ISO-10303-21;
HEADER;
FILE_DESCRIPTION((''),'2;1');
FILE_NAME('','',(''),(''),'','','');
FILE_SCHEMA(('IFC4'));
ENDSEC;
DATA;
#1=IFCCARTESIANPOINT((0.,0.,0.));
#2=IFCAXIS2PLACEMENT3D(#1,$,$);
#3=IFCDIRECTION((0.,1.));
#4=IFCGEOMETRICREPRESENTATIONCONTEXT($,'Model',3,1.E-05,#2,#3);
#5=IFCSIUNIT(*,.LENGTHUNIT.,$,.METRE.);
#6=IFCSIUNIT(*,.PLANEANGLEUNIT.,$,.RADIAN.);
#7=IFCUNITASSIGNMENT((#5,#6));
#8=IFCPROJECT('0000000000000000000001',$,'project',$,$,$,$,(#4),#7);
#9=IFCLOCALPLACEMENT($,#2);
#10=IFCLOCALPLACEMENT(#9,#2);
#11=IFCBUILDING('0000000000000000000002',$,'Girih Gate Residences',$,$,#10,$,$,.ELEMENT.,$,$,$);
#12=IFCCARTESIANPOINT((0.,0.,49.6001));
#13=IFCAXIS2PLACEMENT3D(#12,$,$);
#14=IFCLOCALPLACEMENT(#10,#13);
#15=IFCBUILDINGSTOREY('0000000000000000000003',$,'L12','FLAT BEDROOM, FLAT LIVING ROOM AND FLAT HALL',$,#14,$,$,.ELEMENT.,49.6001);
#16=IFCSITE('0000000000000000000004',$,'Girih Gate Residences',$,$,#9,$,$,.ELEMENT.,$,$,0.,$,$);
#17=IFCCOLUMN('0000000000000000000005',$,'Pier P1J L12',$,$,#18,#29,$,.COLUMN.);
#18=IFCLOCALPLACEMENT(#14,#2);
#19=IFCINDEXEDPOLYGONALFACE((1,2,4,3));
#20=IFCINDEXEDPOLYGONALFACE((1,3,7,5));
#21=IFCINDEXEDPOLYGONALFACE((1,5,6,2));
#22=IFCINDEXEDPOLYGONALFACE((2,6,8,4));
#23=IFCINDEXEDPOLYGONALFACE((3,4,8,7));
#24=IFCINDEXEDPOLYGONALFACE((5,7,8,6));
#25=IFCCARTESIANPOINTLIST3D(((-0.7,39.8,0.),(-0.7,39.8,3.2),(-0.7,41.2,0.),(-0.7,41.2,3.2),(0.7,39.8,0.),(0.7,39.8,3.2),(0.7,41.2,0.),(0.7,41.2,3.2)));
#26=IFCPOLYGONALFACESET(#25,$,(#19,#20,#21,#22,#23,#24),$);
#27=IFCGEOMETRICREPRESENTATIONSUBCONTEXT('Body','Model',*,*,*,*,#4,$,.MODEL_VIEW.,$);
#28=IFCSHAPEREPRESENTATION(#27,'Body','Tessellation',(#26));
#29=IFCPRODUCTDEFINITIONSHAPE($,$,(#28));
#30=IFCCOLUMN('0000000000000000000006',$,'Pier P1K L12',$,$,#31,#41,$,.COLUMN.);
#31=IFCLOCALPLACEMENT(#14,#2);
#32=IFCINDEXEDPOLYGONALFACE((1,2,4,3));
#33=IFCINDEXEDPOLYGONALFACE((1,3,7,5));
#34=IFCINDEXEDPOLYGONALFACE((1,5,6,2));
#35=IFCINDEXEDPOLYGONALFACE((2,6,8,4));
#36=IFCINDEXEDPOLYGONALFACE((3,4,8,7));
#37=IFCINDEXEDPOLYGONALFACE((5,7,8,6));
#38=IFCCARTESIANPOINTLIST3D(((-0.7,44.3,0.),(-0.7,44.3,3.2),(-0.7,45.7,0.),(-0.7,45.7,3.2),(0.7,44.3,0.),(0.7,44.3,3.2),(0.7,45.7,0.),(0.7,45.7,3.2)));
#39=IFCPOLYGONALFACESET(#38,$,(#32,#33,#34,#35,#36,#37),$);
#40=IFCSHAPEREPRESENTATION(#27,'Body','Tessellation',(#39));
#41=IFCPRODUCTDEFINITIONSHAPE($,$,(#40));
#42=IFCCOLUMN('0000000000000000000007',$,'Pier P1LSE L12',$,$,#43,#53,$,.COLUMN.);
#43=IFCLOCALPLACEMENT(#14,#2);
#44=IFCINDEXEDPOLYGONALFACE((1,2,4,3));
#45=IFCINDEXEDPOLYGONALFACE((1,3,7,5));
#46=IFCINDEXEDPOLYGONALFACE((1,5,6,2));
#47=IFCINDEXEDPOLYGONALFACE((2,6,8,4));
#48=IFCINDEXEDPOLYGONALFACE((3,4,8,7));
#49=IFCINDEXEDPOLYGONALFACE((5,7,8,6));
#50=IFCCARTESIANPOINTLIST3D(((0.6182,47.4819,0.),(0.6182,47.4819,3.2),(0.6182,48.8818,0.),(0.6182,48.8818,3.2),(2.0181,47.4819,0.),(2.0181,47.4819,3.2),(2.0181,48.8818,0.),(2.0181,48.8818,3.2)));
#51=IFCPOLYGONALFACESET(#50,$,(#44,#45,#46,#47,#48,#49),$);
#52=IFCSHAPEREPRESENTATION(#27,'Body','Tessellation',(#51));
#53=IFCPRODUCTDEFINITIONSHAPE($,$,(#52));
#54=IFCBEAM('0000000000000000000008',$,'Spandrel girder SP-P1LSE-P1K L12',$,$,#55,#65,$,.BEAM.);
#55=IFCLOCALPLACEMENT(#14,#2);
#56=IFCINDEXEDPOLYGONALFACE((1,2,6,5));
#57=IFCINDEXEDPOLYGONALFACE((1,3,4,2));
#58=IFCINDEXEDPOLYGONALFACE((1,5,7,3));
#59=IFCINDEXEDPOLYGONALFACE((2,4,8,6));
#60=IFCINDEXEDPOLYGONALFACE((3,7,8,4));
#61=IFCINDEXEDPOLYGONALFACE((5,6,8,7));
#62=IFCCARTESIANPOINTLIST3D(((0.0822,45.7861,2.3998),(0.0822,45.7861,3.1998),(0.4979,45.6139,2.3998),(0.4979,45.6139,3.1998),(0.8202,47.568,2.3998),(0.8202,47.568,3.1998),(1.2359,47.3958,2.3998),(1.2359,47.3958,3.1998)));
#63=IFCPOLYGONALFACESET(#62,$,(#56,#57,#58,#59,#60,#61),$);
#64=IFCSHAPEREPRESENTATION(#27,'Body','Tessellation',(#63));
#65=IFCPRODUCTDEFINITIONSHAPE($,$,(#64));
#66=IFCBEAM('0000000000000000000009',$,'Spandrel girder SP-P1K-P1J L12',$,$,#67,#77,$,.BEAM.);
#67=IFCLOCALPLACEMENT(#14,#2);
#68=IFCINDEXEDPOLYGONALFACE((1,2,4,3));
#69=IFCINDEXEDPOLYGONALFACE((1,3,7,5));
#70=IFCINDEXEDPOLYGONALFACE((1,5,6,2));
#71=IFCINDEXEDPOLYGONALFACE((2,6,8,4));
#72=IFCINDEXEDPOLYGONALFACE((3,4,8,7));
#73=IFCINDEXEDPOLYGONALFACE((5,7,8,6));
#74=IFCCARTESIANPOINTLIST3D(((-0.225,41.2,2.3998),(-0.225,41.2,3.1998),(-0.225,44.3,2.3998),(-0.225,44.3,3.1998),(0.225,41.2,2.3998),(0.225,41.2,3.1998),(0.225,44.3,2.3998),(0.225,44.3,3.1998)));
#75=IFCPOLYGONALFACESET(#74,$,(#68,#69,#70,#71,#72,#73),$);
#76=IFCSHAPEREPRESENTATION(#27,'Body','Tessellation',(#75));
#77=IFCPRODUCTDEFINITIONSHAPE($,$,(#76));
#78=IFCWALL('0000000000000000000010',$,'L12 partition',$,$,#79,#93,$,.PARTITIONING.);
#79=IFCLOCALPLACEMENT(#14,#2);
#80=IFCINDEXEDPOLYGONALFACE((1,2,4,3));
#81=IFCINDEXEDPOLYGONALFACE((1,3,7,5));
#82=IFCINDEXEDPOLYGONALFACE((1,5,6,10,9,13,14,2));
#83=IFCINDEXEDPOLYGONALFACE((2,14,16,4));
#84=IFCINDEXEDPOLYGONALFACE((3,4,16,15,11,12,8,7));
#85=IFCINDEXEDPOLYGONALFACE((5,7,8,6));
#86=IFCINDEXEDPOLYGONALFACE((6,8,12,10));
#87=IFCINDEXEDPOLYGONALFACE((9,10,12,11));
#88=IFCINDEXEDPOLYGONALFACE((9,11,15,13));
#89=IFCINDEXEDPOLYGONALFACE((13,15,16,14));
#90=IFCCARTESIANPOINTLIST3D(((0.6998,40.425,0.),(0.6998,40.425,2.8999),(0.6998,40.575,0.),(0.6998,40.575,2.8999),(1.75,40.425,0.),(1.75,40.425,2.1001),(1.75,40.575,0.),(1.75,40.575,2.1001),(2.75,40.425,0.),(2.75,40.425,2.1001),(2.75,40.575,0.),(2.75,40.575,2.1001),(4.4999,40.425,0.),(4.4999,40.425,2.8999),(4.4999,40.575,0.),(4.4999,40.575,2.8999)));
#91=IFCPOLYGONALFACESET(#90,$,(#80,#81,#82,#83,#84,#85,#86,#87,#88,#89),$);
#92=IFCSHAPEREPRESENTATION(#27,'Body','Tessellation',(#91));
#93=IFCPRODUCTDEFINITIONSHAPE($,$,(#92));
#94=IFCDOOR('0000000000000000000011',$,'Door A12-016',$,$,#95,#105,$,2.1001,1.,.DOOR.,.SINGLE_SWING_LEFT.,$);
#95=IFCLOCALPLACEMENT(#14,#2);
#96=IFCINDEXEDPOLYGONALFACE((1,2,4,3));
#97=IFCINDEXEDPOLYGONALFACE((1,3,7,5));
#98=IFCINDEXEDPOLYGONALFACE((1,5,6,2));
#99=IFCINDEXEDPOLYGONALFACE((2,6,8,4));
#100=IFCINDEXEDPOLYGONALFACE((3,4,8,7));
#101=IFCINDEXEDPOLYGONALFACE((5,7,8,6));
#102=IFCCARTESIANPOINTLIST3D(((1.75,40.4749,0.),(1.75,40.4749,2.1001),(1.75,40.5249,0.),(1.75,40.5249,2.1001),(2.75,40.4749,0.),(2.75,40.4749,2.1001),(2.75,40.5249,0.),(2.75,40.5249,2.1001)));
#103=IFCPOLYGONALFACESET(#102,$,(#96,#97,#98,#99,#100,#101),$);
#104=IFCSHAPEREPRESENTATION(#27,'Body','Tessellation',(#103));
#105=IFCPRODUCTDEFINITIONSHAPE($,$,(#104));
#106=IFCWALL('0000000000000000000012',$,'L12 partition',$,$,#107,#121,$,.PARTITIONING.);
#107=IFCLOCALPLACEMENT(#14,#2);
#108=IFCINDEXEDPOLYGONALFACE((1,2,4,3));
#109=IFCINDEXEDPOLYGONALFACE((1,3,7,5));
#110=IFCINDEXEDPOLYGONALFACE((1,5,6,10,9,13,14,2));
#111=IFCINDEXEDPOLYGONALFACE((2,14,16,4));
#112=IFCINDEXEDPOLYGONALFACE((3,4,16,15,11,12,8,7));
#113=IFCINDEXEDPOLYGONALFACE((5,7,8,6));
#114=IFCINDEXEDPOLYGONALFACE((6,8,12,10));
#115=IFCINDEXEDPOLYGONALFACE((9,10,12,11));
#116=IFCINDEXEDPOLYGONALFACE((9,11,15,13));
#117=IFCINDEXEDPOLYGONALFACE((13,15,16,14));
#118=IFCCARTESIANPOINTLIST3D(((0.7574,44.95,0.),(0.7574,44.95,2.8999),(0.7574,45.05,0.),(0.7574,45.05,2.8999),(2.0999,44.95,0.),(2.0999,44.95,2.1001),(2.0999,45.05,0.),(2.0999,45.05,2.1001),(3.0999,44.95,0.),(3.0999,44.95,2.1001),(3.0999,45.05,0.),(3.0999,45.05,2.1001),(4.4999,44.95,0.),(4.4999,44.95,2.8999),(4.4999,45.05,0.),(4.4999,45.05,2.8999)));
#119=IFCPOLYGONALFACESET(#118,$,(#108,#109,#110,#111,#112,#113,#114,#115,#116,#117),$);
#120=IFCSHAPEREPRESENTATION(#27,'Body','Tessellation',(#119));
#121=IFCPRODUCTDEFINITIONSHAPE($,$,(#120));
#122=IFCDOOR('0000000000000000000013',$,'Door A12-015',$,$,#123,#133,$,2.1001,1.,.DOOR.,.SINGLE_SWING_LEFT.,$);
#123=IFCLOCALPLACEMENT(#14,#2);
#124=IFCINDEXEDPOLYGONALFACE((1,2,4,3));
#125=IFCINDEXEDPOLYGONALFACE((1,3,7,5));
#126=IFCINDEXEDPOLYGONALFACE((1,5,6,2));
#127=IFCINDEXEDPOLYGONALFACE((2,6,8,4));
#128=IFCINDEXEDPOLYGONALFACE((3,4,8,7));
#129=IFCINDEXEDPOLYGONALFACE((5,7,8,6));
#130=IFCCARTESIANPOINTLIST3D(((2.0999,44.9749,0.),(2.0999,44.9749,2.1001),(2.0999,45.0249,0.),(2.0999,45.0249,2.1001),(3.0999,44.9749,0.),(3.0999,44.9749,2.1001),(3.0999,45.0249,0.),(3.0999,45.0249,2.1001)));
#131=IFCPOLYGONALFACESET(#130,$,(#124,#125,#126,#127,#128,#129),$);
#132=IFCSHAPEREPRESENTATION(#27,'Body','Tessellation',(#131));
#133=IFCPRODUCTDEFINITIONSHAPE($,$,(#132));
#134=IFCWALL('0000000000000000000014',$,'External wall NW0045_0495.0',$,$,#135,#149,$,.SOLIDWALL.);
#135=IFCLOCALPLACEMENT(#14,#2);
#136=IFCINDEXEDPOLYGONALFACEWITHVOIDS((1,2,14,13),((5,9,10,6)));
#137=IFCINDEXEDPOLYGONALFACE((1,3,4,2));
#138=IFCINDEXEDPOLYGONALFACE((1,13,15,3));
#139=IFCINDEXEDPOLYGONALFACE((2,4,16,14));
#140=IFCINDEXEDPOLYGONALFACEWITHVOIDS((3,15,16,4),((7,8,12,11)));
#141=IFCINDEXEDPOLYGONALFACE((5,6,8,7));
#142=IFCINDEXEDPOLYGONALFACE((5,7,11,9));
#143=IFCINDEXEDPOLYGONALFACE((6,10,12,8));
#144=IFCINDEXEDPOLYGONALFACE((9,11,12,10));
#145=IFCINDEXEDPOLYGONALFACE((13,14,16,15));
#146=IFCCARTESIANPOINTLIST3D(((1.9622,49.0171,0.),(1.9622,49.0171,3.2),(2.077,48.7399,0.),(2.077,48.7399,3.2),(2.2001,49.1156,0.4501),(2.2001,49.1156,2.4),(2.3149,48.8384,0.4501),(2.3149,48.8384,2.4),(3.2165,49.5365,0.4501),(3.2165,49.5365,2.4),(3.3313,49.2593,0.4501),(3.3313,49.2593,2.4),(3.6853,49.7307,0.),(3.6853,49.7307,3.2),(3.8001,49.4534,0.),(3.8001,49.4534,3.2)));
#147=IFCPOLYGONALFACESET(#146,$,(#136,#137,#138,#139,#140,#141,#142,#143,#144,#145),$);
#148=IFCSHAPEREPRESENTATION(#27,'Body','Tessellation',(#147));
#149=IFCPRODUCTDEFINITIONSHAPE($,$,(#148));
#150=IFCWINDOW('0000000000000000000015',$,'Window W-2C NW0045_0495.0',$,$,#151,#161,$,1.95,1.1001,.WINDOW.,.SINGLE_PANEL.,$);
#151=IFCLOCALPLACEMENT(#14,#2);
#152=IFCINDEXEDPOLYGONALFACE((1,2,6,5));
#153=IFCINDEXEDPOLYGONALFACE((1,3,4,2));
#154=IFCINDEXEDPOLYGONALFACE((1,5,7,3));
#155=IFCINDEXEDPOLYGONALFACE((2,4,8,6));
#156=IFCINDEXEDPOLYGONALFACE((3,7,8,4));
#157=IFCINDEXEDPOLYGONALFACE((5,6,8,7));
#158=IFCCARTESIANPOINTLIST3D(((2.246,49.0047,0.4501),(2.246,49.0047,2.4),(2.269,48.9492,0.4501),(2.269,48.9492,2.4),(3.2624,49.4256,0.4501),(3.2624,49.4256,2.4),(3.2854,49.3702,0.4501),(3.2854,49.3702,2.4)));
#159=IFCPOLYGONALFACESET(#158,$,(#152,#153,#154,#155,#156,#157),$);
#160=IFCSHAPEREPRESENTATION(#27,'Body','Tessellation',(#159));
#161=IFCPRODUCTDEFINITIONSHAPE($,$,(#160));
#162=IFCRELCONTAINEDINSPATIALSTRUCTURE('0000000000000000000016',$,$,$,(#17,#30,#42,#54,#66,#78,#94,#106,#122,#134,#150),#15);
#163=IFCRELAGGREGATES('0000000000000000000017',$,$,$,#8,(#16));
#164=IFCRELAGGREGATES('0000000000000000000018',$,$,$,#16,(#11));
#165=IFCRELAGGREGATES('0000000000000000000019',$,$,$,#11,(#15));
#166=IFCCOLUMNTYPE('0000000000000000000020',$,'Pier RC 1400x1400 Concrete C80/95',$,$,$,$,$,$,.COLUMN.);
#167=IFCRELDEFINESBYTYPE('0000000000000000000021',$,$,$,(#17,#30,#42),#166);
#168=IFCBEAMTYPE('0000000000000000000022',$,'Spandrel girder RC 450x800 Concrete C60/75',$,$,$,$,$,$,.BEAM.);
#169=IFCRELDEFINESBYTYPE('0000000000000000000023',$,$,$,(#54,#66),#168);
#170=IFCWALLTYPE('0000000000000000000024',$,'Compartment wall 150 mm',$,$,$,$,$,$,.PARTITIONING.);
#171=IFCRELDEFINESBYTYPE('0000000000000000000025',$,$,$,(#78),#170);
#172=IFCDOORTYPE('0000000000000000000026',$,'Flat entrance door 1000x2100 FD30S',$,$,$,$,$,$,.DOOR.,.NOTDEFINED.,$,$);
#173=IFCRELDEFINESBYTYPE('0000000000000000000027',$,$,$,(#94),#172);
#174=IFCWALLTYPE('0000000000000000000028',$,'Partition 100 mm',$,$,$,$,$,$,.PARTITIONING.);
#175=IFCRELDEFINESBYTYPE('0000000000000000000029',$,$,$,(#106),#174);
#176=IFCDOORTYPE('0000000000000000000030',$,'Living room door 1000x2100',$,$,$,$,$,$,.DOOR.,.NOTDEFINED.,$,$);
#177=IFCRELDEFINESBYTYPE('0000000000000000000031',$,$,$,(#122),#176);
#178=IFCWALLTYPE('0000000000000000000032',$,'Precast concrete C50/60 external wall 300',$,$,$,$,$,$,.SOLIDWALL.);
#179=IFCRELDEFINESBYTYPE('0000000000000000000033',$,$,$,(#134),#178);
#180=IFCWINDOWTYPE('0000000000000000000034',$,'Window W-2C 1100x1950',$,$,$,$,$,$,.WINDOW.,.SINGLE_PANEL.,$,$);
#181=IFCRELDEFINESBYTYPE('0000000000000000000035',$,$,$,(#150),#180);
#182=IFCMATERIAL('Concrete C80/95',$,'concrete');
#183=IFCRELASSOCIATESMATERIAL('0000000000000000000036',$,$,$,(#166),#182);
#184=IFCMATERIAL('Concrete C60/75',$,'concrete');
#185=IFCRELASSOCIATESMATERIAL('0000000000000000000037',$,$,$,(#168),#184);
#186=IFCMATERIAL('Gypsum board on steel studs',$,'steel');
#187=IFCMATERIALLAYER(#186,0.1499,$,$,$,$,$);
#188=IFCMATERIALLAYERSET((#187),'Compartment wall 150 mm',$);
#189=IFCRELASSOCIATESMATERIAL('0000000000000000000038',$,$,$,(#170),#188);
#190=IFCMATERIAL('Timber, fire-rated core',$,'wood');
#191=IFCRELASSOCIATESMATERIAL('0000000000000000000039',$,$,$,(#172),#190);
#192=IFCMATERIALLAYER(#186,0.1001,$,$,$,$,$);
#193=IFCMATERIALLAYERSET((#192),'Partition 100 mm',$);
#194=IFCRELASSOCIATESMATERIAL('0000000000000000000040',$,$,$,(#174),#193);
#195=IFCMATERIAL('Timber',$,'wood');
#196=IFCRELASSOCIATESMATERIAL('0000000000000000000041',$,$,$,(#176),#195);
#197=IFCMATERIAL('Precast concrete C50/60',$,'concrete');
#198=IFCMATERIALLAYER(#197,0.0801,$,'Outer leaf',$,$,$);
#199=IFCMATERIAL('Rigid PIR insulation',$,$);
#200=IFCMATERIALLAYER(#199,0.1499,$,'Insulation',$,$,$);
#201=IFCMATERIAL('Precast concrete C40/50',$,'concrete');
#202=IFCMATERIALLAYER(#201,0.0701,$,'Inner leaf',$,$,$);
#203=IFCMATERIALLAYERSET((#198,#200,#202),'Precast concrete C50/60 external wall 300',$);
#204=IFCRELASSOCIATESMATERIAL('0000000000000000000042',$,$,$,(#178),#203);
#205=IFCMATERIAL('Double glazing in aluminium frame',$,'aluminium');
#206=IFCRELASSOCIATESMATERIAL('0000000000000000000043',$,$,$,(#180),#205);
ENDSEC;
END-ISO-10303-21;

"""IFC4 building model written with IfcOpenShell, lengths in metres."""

from ifc_helpers import new_model, si_unit, direction, frame, frame_2d, origin, origin_2d, place, context, subcontext, project, spatial, rectangle, extrude, material, layer, layer_set, material_profile, profile_set, type_object, element, fill, save


model = new_model("IFC4")

# Units and contexts
model_context = context("Model", 3, precision=1e-05, world=origin(), true_north=direction((0.0, 1.0)))
body_context = subcontext(model_context, "Body", "Model", "MODEL_VIEW")
ifc_project = project(units=[si_unit("LENGTHUNIT", "METRE"), si_unit("PLANEANGLEUNIT", "RADIAN")], contexts=[model_context])

# Site, building, storey
site_placement = place(None, origin())
site = spatial("IfcSite", under=ifc_project, at=site_placement, Name="Girih Gate Residences", CompositionType="ELEMENT", RefElevation=0.0)
building_placement = place(site_placement, origin())
building = spatial("IfcBuilding", under=site, at=building_placement, Name="Girih Gate Residences", CompositionType="ELEMENT")
storey_placement = place(building_placement, frame((0.0, 0.0, 49.6001)))
storey = spatial("IfcBuildingStorey", under=building, at=storey_placement, Name="L12", Description="FLAT BEDROOM, FLAT LIVING ROOM AND FLAT HALL", CompositionType="ELEMENT", Elevation=49.6001)

# Columns
ifc_material_1 = material(Name="Concrete C80/95", Category="concrete")
ifc_material_profile_1 = material_profile(ifc_material_1, rectangle(XDim=1.3999, YDim=1.3999, at=origin_2d()))
ifc_profile_set_1 = profile_set([ifc_material_profile_1], Name="Concrete C80/95")
column_type = type_object("IfcColumnType", Name="Pier RC 1400x1400 Concrete C80/95", PredefinedType="COLUMN", material=ifc_profile_set_1)
for number, where, z_axis, x_axis, name in (
    (1, (0.0, 40.5, 0.0), (0.0, 0.0, 1.0), (1.0, 0.0, 0.0), "Pier P1J L12"),
    (2, (0.0, 45.0, 0.0), (0.0, 0.0, 1.0), (1.0, 0.0, 0.0), "Pier P1K L12"),
    (3, (1.3181, 48.1819, 0.0), (0.0, 0.0, 1.0), (1.0, 0.0, 0.0), "Pier P1LSE L12"),
):
    element("IfcColumn", number, at=place(storey_placement, frame(where, z_axis=z_axis, x_axis=x_axis)), inside=storey, type_object=column_type, Name=name, PredefinedType="COLUMN", context=body_context, shape_type="SweptSolid", body=[
        extrude(rectangle(XDim=1.3999, YDim=1.3999, at=origin_2d()), origin(), (0.0, 0.0, 1.0), 3.2),
    ])

# Beams
ifc_material_2 = material(Name="Concrete C60/75", Category="concrete")
ifc_material_profile_2 = material_profile(ifc_material_2, rectangle(XDim=0.45, YDim=0.8, at=origin_2d()))
ifc_profile_set_2 = profile_set([ifc_material_profile_2], Name="Concrete C60/75")
beam_type = type_object("IfcBeamType", Name="Spandrel girder RC 450x800 Concrete C60/75", PredefinedType="BEAM", material=ifc_profile_set_2)
beam_1_placement = place(storey_placement, frame((1.0281, 47.4819, 2.7998), z_axis=(-0.382646, -0.923895, 0.0), x_axis=(0.923895, -0.382646, 0.0)))
element("IfcBeam", 4, at=beam_1_placement, inside=storey, type_object=beam_type, Name="Spandrel girder SP-P1LSE-P1K L12", PredefinedType="BEAM", context=body_context, shape_type="SweptSolid", body=[
    extrude(rectangle(XDim=0.45, YDim=0.8, at=origin_2d()), origin(), (0.0, 0.0, 1.0), 1.9287),
])
beam_2_placement = place(storey_placement, frame((0.0, 44.3, 2.7998), z_axis=(0.0, -1.0, 0.0), x_axis=(1.0, 0.0, 0.0)))
element("IfcBeam", 5, at=beam_2_placement, inside=storey, type_object=beam_type, Name="Spandrel girder SP-P1K-P1J L12", PredefinedType="BEAM", context=body_context, shape_type="SweptSolid", body=[
    extrude(rectangle(XDim=0.45, YDim=0.8, at=origin_2d()), origin(), (0.0, 0.0, 1.0), 3.1001),
])

# Walls, openings, doors
ifc_material_3 = material(Name="Gypsum board on steel studs", Category="steel")
ifc_layer_1 = layer(ifc_material_3, 0.1499)
ifc_layer_set_1 = layer_set([ifc_layer_1], Name="Compartment wall 150 mm")
wall_type_1 = type_object("IfcWallType", Name="Compartment wall 150 mm", PredefinedType="PARTITIONING", material=ifc_layer_set_1)
wall_1_placement = place(storey_placement, frame((0.7, 40.5, 0.0), z_axis=(0.0, 0.0, 1.0), x_axis=(1.0, 0.0, 0.0)))
wall_1 = element("IfcWall", 6, at=wall_1_placement, inside=storey, type_object=wall_type_1, Name="L12 partition", PredefinedType="PARTITIONING", context=body_context, shape_type="SweptSolid", body=[
    extrude(rectangle(XDim=3.8, YDim=0.1499, at=frame_2d((1.8999, 0.0))), origin(), (0.0, 0.0, 1.0), 2.8999),
])
opening_1_placement = place(wall_1_placement, frame((1.05, 0.0, 0.0)))
opening_1 = element("IfcOpeningElement", 7, at=opening_1_placement, cuts=wall_1, PredefinedType="OPENING", context=body_context, shape_type="SweptSolid", body=[
    extrude(rectangle(XDim=1.0, YDim=2.1001, at=frame_2d((0.5, 1.05))), frame((0.0, 0.085, 0.0), z_axis=(0.0, -1.0, 0.0), x_axis=(1.0, 0.0, 0.0)), (0.0, 0.0, 1.0), 0.1699),
])
ifc_material_4 = material(Name="Timber, fire-rated core", Category="wood")
door_type_1 = type_object("IfcDoorType", Name="Flat entrance door 1000x2100 FD30S", OperationType="NOTDEFINED", PredefinedType="DOOR", material=ifc_material_4)
door_1_placement = place(opening_1_placement, origin())
door_1 = element("IfcDoor", 8, at=door_1_placement, inside=storey, type_object=door_type_1, Name="Door A12-016", OperationType="SINGLE_SWING_LEFT", OverallHeight=2.1001, OverallWidth=1.0, PredefinedType="DOOR", context=body_context, shape_type="SweptSolid", body=[
    extrude(rectangle(XDim=1.0, YDim=2.1001, at=frame_2d((0.5, 1.05))), frame((0.0, 0.0249, 0.0), z_axis=(0.0, -1.0, 0.0), x_axis=(1.0, 0.0, 0.0)), (0.0, 0.0, 1.0), 0.05),
])
fill(opening_1, door_1)
ifc_layer_2 = layer(ifc_material_3, 0.1001)
ifc_layer_set_2 = layer_set([ifc_layer_2], Name="Partition 100 mm")
wall_type_2 = type_object("IfcWallType", Name="Partition 100 mm", PredefinedType="PARTITIONING", material=ifc_layer_set_2)
wall_2_placement = place(storey_placement, frame((0.7576, 45.0, 0.0), z_axis=(0.0, 0.0, 1.0), x_axis=(1.0, 0.0, 0.0)))
wall_2 = element("IfcWall", 9, at=wall_2_placement, inside=storey, type_object=wall_type_2, Name="L12 partition", PredefinedType="PARTITIONING", context=body_context, shape_type="SweptSolid", body=[
    extrude(rectangle(XDim=3.7424, YDim=0.1001, at=frame_2d((1.8711, 0.0))), origin(), (0.0, 0.0, 1.0), 2.8999),
])
opening_2_placement = place(wall_2_placement, frame((1.3423, 0.0, 0.0)))
opening_2 = element("IfcOpeningElement", 10, at=opening_2_placement, cuts=wall_2, PredefinedType="OPENING", context=body_context, shape_type="SweptSolid", body=[
    extrude(rectangle(XDim=1.0, YDim=2.1001, at=frame_2d((0.5, 1.05))), frame((0.0, 0.0601, 0.0), z_axis=(0.0, -1.0, 0.0), x_axis=(1.0, 0.0, 0.0)), (0.0, 0.0, 1.0), 0.1201),
])
ifc_material_5 = material(Name="Timber", Category="wood")
door_type_2 = type_object("IfcDoorType", Name="Living room door 1000x2100", OperationType="NOTDEFINED", PredefinedType="DOOR", material=ifc_material_5)
door_2_placement = place(opening_2_placement, origin())
door_2 = element("IfcDoor", 11, at=door_2_placement, inside=storey, type_object=door_type_2, Name="Door A12-015", OperationType="SINGLE_SWING_LEFT", OverallHeight=2.1001, OverallWidth=1.0, PredefinedType="DOOR", context=body_context, shape_type="SweptSolid", body=[
    extrude(rectangle(XDim=1.0, YDim=2.1001, at=frame_2d((0.5, 1.05))), frame((0.0, 0.0249, 0.0), z_axis=(0.0, -1.0, 0.0), x_axis=(1.0, 0.0, 0.0)), (0.0, 0.0, 1.0), 0.05),
])
fill(opening_2, door_2)

# Wall, opening, window
ifc_material_6 = material(Name="Precast concrete C50/60", Category="concrete")
ifc_layer_3 = layer(ifc_material_6, 0.0801, Name="Outer leaf")
ifc_material_7 = material(Name="Rigid PIR insulation")
ifc_layer_4 = layer(ifc_material_7, 0.1499, Name="Insulation")
ifc_material_8 = material(Name="Precast concrete C40/50", Category="concrete")
ifc_layer_5 = layer(ifc_material_8, 0.0701, Name="Inner leaf")
ifc_layer_set_3 = layer_set([ifc_layer_3, ifc_layer_4, ifc_layer_5], Name="Precast concrete C50/60 external wall 300")
wall_type_3 = type_object("IfcWallType", Name="Precast concrete C50/60 external wall 300", PredefinedType="SOLIDWALL", material=ifc_layer_set_3)
wall_3_placement = place(storey_placement, frame((2.0195, 48.8784, 0.0), z_axis=(0.0, 0.0, 1.0), x_axis=(0.923904, 0.382625, 0.0)))
wall_3 = element("IfcWall", 12, at=wall_3_placement, inside=storey, type_object=wall_type_3, Name="External wall NW0045_0495.0", PredefinedType="SOLIDWALL", context=body_context, shape_type="SweptSolid", body=[
    extrude(rectangle(XDim=1.865, YDim=0.3, at=frame_2d((0.9326, 0.0))), origin(), (0.0, 0.0, 1.0), 3.2),
])
opening_3_placement = place(wall_3_placement, frame((0.2576, 0.0, 0.45)))
opening_3 = element("IfcOpeningElement", 13, at=opening_3_placement, cuts=wall_3, PredefinedType="OPENING", context=body_context, shape_type="SweptSolid", body=[
    extrude(rectangle(XDim=1.1001, YDim=1.95, at=frame_2d((0.55, 0.9751))), frame((0.0, 0.1599, 0.0), z_axis=(0.0, -1.0, 0.0), x_axis=(1.0, 0.0, 0.0)), (0.0, 0.0, 1.0), 0.3201),
])
ifc_material_9 = material(Name="Double glazing in aluminium frame", Category="aluminium")
window_type_1 = type_object("IfcWindowType", Name="Window W-2C 1100x1950", PartitioningType="SINGLE_PANEL", PredefinedType="WINDOW", material=ifc_material_9)
window_1_placement = place(opening_3_placement, origin())
window_1 = element("IfcWindow", 14, at=window_1_placement, inside=storey, type_object=window_type_1, Name="Window W-2C NW0045_0495.0", OverallHeight=1.95, OverallWidth=1.1001, PartitioningType="SINGLE_PANEL", PredefinedType="WINDOW", context=body_context, shape_type="SweptSolid", body=[
    extrude(rectangle(XDim=1.1001, YDim=1.95, at=frame_2d((0.55, 0.9751))), frame((0.0, 0.03, 0.0), z_axis=(0.0, -1.0, 0.0), x_axis=(1.0, 0.0, 0.0)), (0.0, 0.0, 1.0), 0.0601),
])
fill(opening_3, window_1)

save(model, "model.ifc")
